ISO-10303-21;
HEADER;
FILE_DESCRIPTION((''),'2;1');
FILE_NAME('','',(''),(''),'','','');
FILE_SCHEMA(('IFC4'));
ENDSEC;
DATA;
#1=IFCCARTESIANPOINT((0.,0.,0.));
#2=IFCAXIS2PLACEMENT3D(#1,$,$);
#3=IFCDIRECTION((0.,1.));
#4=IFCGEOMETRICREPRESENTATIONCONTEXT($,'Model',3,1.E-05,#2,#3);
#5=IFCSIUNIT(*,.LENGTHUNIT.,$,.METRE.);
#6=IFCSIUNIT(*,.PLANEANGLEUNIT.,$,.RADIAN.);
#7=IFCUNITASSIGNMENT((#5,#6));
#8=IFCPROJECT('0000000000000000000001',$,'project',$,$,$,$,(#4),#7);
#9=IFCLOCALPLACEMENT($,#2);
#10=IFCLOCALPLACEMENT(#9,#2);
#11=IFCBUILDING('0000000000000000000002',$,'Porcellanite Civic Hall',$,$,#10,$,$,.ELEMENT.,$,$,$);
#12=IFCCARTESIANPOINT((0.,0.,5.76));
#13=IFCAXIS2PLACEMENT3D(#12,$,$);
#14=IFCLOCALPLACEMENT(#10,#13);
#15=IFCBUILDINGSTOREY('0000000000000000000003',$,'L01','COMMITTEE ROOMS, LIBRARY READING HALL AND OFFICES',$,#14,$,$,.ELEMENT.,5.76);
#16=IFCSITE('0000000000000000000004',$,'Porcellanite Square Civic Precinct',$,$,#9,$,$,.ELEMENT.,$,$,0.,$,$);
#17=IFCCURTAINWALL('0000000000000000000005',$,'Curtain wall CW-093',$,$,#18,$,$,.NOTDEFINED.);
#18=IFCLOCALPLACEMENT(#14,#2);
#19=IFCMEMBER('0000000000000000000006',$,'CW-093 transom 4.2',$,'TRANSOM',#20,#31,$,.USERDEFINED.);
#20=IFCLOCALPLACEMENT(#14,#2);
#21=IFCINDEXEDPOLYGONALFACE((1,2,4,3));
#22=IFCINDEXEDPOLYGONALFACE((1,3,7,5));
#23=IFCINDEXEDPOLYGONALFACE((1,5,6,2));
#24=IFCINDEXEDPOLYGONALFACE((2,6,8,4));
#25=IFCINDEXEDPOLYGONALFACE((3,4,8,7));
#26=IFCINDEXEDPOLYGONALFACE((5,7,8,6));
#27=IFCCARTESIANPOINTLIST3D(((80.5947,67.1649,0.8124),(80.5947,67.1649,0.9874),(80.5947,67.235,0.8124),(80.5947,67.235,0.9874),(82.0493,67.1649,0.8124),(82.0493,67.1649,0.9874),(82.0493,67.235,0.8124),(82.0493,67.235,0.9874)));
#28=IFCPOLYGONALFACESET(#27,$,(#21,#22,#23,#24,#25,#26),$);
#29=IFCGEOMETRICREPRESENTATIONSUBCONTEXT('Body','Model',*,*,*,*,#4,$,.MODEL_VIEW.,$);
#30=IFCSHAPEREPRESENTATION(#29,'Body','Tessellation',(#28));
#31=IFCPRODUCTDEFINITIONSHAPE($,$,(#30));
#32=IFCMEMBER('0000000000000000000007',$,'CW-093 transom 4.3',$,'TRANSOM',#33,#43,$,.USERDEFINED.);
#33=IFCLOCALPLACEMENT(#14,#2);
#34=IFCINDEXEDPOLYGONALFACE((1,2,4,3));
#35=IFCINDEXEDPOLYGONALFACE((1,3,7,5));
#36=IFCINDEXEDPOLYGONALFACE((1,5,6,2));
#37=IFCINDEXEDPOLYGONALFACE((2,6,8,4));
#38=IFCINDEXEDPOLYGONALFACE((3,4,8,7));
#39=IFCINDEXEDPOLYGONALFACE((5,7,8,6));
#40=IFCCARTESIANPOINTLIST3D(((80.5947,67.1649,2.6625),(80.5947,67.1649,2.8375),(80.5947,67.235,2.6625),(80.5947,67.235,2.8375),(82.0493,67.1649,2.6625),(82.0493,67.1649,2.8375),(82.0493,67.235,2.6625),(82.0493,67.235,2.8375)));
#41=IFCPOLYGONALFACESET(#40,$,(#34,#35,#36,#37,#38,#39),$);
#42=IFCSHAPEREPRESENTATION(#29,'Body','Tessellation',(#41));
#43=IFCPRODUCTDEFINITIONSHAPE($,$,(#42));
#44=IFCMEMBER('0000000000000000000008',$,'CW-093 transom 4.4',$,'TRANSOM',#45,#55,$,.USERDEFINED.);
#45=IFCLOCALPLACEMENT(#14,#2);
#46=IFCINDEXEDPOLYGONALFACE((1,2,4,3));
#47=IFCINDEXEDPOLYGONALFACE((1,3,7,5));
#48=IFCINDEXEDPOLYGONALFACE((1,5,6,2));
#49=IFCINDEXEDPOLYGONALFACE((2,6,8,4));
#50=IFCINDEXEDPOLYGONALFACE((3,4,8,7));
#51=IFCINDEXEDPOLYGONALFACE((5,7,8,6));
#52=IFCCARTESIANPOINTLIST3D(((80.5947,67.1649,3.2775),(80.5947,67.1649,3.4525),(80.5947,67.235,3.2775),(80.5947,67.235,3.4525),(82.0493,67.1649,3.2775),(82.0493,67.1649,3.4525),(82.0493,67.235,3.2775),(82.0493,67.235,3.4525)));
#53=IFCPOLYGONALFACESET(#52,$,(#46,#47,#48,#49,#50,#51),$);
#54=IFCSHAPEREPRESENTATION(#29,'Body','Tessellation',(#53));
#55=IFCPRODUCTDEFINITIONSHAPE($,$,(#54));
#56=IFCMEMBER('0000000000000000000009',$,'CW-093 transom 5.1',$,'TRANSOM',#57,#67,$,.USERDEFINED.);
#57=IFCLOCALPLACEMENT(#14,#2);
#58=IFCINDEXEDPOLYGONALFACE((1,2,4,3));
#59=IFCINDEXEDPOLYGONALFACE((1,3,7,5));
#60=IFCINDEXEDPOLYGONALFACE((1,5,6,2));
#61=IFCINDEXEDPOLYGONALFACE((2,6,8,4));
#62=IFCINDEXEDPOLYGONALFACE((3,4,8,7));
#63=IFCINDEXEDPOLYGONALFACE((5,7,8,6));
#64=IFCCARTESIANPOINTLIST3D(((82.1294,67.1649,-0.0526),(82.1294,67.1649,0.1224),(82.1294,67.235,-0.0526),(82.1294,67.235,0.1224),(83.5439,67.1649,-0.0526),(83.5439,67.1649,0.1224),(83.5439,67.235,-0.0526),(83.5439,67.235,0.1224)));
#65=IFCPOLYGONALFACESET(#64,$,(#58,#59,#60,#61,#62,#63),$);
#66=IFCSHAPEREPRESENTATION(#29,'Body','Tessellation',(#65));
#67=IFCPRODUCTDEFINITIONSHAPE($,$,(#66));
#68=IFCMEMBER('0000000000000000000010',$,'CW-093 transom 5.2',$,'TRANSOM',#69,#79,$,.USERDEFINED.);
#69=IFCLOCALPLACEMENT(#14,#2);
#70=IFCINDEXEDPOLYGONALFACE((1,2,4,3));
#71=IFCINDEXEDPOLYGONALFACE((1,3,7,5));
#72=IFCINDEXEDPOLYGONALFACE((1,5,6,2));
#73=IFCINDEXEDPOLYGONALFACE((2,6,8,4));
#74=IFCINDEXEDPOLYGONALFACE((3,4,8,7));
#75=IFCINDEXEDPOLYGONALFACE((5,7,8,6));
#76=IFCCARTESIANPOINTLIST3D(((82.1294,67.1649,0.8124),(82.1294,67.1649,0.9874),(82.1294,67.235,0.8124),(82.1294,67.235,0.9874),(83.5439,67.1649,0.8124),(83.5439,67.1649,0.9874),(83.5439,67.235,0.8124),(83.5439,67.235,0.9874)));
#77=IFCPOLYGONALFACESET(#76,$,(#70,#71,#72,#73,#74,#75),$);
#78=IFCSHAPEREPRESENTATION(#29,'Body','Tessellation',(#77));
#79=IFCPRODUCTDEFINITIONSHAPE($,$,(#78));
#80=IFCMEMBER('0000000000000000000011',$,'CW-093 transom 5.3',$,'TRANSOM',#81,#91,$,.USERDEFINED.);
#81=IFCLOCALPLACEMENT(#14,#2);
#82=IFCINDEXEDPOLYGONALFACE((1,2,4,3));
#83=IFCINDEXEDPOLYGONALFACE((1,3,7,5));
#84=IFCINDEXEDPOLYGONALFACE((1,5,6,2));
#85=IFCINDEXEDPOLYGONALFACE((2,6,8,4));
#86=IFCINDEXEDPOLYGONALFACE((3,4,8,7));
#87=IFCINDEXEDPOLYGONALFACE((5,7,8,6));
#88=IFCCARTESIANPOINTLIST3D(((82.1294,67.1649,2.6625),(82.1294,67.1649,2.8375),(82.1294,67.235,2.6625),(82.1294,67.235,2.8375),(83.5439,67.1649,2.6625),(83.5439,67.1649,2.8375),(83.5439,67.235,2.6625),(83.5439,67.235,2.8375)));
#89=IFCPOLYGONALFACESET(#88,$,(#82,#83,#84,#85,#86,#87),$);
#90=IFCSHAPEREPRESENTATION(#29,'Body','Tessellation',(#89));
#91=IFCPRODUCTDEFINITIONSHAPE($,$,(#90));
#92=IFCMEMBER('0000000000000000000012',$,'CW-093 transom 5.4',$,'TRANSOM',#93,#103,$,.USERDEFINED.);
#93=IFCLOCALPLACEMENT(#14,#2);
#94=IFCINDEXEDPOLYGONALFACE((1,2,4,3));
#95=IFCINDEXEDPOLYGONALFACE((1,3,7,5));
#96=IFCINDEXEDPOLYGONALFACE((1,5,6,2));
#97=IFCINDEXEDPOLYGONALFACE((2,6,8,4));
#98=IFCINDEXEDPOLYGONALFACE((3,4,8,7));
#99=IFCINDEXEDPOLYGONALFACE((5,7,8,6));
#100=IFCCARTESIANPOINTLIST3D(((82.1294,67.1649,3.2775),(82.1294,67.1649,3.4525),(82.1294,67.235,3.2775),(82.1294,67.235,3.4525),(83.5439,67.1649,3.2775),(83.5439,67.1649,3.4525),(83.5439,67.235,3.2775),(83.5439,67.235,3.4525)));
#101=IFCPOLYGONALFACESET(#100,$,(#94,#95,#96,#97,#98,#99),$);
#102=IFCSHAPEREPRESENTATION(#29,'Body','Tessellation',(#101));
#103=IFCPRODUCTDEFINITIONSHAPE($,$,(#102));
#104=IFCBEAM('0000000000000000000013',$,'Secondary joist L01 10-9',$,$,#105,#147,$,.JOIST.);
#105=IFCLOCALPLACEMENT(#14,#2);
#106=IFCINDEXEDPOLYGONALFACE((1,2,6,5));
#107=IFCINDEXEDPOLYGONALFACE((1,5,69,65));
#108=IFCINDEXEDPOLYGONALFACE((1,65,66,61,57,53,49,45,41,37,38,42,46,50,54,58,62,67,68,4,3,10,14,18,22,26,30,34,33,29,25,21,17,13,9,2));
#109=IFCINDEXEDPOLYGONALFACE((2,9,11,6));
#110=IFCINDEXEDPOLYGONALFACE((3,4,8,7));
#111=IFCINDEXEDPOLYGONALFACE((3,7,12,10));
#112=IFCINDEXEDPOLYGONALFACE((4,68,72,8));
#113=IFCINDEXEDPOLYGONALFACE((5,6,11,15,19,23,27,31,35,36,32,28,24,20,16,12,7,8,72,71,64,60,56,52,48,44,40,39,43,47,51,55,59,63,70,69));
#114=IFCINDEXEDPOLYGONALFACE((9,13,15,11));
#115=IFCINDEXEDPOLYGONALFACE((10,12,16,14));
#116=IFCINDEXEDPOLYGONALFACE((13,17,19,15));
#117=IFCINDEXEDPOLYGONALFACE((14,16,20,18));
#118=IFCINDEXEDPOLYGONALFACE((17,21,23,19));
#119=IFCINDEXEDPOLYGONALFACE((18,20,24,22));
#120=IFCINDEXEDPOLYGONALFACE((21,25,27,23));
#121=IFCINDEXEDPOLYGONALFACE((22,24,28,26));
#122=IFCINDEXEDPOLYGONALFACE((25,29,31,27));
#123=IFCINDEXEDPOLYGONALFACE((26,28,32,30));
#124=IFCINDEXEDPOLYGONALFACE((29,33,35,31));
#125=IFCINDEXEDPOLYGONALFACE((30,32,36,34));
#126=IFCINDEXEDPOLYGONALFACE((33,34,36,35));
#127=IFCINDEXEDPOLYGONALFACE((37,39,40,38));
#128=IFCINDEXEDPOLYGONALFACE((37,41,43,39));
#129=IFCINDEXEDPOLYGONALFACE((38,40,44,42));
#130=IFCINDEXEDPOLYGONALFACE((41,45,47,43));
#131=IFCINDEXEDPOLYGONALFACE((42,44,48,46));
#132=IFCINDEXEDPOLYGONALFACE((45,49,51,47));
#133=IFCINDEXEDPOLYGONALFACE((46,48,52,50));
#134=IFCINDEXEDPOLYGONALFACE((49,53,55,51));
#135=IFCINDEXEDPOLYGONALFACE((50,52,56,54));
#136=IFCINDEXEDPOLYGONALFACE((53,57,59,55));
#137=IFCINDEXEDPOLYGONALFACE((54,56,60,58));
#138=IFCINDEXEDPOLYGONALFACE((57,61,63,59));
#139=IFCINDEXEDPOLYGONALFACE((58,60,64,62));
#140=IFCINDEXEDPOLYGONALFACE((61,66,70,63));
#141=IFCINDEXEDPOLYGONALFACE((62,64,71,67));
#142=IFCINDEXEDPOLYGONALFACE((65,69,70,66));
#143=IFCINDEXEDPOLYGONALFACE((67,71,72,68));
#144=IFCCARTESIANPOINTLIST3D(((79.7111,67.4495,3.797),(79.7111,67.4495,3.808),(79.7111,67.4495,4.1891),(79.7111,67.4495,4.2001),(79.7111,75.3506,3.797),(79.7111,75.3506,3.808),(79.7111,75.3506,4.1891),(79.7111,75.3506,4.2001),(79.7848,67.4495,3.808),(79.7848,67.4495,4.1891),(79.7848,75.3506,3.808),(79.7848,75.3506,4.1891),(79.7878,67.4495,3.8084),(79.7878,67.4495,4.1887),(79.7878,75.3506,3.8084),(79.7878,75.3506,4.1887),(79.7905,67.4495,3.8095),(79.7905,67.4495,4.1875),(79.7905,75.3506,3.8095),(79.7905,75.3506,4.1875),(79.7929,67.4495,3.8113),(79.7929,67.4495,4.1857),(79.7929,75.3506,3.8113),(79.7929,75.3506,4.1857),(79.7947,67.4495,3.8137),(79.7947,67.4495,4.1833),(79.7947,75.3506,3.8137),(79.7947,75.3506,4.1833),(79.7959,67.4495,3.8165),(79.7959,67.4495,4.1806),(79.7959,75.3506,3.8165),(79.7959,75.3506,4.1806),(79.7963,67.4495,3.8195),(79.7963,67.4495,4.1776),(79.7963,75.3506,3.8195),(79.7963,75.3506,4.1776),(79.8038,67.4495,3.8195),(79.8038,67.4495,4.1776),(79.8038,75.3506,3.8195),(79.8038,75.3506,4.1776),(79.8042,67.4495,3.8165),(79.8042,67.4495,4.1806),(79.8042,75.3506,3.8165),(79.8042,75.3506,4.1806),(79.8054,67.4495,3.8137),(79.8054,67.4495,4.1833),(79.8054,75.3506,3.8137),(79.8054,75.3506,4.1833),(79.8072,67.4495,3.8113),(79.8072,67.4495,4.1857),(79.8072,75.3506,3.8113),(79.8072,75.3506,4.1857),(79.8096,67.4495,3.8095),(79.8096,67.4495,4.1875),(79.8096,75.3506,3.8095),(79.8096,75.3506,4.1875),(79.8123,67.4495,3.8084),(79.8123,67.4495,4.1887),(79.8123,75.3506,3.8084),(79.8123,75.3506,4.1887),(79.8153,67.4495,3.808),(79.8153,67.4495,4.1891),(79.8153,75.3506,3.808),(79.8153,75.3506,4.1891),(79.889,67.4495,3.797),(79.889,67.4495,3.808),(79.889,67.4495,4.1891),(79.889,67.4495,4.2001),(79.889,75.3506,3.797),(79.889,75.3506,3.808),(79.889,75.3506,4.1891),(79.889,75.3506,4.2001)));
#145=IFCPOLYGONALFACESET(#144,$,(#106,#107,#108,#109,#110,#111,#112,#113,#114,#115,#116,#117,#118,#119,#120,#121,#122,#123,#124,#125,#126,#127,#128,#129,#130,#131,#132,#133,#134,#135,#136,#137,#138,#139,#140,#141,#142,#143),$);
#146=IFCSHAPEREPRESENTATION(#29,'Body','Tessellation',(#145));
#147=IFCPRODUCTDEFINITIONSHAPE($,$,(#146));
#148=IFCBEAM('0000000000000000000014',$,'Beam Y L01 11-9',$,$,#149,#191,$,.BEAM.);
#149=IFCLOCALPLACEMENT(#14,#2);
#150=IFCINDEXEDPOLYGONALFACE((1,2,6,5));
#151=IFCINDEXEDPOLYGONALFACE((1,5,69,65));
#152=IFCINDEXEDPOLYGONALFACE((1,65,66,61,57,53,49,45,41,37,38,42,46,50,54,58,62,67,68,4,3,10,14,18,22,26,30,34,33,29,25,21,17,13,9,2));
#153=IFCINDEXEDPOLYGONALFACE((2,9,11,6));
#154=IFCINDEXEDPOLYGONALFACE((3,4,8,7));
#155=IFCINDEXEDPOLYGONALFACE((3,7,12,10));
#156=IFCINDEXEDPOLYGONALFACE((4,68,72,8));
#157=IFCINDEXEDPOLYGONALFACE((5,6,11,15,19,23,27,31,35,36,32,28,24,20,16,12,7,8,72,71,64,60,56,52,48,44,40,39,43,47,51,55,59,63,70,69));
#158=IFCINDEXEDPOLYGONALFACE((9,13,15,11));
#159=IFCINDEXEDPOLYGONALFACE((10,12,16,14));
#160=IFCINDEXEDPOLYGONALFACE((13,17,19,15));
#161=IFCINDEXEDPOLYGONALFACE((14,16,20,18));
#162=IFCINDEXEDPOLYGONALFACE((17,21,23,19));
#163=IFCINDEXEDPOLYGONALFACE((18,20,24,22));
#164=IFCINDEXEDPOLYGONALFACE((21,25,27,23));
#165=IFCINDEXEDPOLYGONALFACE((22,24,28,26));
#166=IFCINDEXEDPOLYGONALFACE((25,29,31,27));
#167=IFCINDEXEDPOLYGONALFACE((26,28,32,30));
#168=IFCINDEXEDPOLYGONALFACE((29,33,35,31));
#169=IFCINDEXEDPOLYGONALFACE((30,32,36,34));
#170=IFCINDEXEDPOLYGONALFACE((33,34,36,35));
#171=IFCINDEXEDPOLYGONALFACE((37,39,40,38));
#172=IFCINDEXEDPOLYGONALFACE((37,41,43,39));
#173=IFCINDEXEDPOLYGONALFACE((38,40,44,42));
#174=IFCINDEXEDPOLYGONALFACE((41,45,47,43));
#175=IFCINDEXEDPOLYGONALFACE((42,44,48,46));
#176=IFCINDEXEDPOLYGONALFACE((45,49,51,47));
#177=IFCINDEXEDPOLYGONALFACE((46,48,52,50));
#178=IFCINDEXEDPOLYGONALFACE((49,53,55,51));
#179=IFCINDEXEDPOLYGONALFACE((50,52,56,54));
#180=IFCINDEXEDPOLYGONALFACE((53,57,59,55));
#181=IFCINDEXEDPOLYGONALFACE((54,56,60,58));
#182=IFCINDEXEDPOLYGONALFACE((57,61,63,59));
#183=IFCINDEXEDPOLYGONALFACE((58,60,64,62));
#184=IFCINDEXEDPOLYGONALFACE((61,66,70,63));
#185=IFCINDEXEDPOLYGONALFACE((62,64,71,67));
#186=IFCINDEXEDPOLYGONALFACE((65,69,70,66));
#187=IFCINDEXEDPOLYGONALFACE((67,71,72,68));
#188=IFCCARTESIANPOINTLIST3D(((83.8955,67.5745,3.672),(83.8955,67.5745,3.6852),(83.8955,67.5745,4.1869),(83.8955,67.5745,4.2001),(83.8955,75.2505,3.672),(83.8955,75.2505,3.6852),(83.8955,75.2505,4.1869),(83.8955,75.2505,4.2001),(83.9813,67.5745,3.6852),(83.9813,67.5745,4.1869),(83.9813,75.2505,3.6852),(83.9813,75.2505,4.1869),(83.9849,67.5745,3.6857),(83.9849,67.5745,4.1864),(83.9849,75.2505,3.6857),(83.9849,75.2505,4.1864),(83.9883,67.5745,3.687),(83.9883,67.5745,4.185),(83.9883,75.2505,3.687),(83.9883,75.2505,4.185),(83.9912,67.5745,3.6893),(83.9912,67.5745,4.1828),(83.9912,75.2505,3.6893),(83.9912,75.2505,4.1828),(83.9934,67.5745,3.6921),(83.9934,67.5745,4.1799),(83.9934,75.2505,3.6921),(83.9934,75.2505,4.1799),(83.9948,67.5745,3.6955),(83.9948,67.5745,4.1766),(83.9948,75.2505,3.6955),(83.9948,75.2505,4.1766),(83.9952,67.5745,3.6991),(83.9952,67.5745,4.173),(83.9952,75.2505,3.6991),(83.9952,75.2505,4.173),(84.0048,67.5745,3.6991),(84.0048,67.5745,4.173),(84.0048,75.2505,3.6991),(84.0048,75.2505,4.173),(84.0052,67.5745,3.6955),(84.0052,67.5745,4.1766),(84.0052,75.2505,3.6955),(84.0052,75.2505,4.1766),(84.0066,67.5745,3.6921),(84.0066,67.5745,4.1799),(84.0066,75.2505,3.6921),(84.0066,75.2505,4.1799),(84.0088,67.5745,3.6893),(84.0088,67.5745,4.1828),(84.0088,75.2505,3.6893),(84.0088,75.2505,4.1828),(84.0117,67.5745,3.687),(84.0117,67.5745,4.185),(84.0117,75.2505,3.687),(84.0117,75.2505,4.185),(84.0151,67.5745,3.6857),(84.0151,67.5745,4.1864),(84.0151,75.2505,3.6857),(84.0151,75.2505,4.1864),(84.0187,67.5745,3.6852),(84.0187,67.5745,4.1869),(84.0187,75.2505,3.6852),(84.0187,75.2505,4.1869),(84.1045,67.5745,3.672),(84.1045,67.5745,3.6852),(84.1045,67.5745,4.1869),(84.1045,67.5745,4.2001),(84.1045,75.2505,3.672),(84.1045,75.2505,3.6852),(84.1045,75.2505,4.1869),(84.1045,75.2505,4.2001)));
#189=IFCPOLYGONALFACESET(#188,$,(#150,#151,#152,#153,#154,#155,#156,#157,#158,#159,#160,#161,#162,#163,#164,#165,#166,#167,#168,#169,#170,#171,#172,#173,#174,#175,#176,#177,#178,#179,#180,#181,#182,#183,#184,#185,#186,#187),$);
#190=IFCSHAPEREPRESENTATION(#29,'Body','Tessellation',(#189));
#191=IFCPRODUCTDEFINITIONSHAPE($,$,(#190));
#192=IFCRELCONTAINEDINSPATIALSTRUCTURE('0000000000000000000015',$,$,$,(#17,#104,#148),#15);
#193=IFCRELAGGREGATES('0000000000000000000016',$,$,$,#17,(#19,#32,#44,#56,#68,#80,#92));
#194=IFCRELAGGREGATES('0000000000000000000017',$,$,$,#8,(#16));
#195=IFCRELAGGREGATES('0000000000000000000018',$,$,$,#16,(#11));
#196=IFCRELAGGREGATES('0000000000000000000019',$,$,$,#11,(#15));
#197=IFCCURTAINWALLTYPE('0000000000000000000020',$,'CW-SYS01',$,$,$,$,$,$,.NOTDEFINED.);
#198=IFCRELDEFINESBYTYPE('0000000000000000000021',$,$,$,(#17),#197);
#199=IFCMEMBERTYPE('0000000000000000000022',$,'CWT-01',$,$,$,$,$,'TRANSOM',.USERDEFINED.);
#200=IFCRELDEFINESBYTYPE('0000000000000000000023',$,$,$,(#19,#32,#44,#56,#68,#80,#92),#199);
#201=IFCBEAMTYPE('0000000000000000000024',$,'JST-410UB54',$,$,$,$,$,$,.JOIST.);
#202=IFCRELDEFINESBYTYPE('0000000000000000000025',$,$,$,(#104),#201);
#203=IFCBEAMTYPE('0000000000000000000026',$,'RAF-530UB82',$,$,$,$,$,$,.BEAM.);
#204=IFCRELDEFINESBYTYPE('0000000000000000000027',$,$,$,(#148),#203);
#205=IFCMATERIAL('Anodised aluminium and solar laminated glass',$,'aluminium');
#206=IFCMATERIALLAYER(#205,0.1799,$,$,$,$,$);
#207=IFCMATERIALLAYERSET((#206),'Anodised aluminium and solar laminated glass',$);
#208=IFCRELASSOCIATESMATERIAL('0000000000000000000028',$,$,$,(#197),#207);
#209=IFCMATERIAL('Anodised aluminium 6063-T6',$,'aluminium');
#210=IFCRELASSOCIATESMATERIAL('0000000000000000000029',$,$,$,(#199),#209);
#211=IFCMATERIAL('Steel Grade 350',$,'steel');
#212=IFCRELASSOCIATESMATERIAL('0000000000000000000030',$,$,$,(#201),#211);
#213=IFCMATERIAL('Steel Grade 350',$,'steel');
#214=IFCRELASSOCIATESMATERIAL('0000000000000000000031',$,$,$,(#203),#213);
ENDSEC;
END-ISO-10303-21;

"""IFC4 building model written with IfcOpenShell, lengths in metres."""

from ifc_helpers import new_model, si_unit, direction, frame, origin, origin_2d, place, context, subcontext, project, spatial, rectangle, i_section, extrude, material, layer, layer_set, material_profile, profile_set, type_object, element, aggregate, save


model = new_model("IFC4")

# Units and contexts
model_context = context("Model", 3, precision=1e-05, world=origin(), true_north=direction((0.0, 1.0)))
body_context = subcontext(model_context, "Body", "Model", "MODEL_VIEW")
ifc_project = project(units=[si_unit("LENGTHUNIT", "METRE"), si_unit("PLANEANGLEUNIT", "RADIAN")], contexts=[model_context])

# Site, building, storey
site_placement = place(None, origin())
site = spatial("IfcSite", under=ifc_project, at=site_placement, Name="Porcellanite Square Civic Precinct", CompositionType="ELEMENT", RefElevation=0.0)
building_placement = place(site_placement, origin())
building = spatial("IfcBuilding", under=site, at=building_placement, Name="Porcellanite Civic Hall", CompositionType="ELEMENT")
storey_placement = place(building_placement, frame((0.0, 0.0, 5.76)))
storey = spatial("IfcBuildingStorey", under=building, at=storey_placement, Name="L01", Description="COMMITTEE ROOMS, LIBRARY READING HALL AND OFFICES", CompositionType="ELEMENT", Elevation=5.76)

# Curtain wall, members
ifc_material_1 = material(Name="Anodised aluminium and solar laminated glass", Category="aluminium")
ifc_layer_1 = layer(ifc_material_1, 0.1799)
ifc_layer_set_1 = layer_set([ifc_layer_1], Name="Anodised aluminium and solar laminated glass")
curtain_wall_type = type_object("IfcCurtainWallType", Name="CW-SYS01", PredefinedType="NOTDEFINED", material=ifc_layer_set_1)
curtain_wall_placement = place(storey_placement, origin())
curtain_wall = element("IfcCurtainWall", 1, at=curtain_wall_placement, inside=storey, type_object=curtain_wall_type, Name="Curtain wall CW-093", PredefinedType="NOTDEFINED")
ifc_material_2 = material(Name="Anodised aluminium 6063-T6", Category="aluminium")
ifc_material_profile_1 = material_profile(ifc_material_2, rectangle(XDim=0.0701, YDim=0.175, at=origin_2d()), Name="AL-70x175")
ifc_profile_set_1 = profile_set([ifc_material_profile_1], Name="Anodised aluminium 6063-T6")
member_type_1 = type_object("IfcMemberType", Name="CWT-01", ElementType="TRANSOM", PredefinedType="USERDEFINED", material=ifc_profile_set_1)
member_1_placement = place(storey_placement, frame((80.5947, 67.2, 0.8999), z_axis=(1.0, 0.0, 0.0), x_axis=(0.0, 1.0, 0.0)))
member_1 = element("IfcMember", 2, at=member_1_placement, type_object=member_type_1, Name="CW-093 transom 4.2", ObjectType="TRANSOM", PredefinedType="USERDEFINED", context=body_context, shape_type="SweptSolid", body=[
    extrude(rectangle(XDim=0.0701, YDim=0.175, at=origin_2d()), origin(), (0.0, 0.0, 1.0), 1.4546),
])
member_2_placement = place(storey_placement, frame((80.5947, 67.2, 2.75), z_axis=(1.0, 0.0, 0.0), x_axis=(0.0, 1.0, 0.0)))
member_2 = element("IfcMember", 3, at=member_2_placement, type_object=member_type_1, Name="CW-093 transom 4.3", ObjectType="TRANSOM", PredefinedType="USERDEFINED", context=body_context, shape_type="SweptSolid", body=[
    extrude(rectangle(XDim=0.0701, YDim=0.175, at=origin_2d()), origin(), (0.0, 0.0, 1.0), 1.4546),
])
member_3_placement = place(storey_placement, frame((80.5947, 67.2, 3.365), z_axis=(1.0, 0.0, 0.0), x_axis=(0.0, 1.0, 0.0)))
member_3 = element("IfcMember", 4, at=member_3_placement, type_object=member_type_1, Name="CW-093 transom 4.4", ObjectType="TRANSOM", PredefinedType="USERDEFINED", context=body_context, shape_type="SweptSolid", body=[
    extrude(rectangle(XDim=0.0701, YDim=0.175, at=origin_2d()), origin(), (0.0, 0.0, 1.0), 1.4546),
])
member_4_placement = place(storey_placement, frame((82.1294, 67.2, 0.0349), z_axis=(1.0, 0.0, 0.0), x_axis=(0.0, 1.0, 0.0)))
member_4 = element("IfcMember", 5, at=member_4_placement, type_object=member_type_1, Name="CW-093 transom 5.1", ObjectType="TRANSOM", PredefinedType="USERDEFINED", context=body_context, shape_type="SweptSolid", body=[
    extrude(rectangle(XDim=0.0701, YDim=0.175, at=origin_2d()), origin(), (0.0, 0.0, 1.0), 1.4146),
])
member_5_placement = place(storey_placement, frame((82.1294, 67.2, 0.8999), z_axis=(1.0, 0.0, 0.0), x_axis=(0.0, 1.0, 0.0)))
member_5 = element("IfcMember", 6, at=member_5_placement, type_object=member_type_1, Name="CW-093 transom 5.2", ObjectType="TRANSOM", PredefinedType="USERDEFINED", context=body_context, shape_type="SweptSolid", body=[
    extrude(rectangle(XDim=0.0701, YDim=0.175, at=origin_2d()), origin(), (0.0, 0.0, 1.0), 1.4146),
])
member_6_placement = place(storey_placement, frame((82.1294, 67.2, 2.75), z_axis=(1.0, 0.0, 0.0), x_axis=(0.0, 1.0, 0.0)))
member_6 = element("IfcMember", 7, at=member_6_placement, type_object=member_type_1, Name="CW-093 transom 5.3", ObjectType="TRANSOM", PredefinedType="USERDEFINED", context=body_context, shape_type="SweptSolid", body=[
    extrude(rectangle(XDim=0.0701, YDim=0.175, at=origin_2d()), origin(), (0.0, 0.0, 1.0), 1.4146),
])
member_7_placement = place(storey_placement, frame((82.1294, 67.2, 3.365), z_axis=(1.0, 0.0, 0.0), x_axis=(0.0, 1.0, 0.0)))
member_7 = element("IfcMember", 8, at=member_7_placement, type_object=member_type_1, Name="CW-093 transom 5.4", ObjectType="TRANSOM", PredefinedType="USERDEFINED", context=body_context, shape_type="SweptSolid", body=[
    extrude(rectangle(XDim=0.0701, YDim=0.175, at=origin_2d()), origin(), (0.0, 0.0, 1.0), 1.4146),
])

# Beams
ifc_material_3 = material(Name="Steel Grade 350", Category="steel")
ifc_material_profile_2 = material_profile(ifc_material_3, i_section(OverallWidth=0.178, OverallDepth=0.4031, WebThickness=0.0076, FlangeThickness=0.011, FilletRadius=0.0115, at=origin_2d()), Name="410UB53.7")
ifc_profile_set_2 = profile_set([ifc_material_profile_2], Name="Steel Grade 350")
beam_type_1 = type_object("IfcBeamType", Name="JST-410UB54", PredefinedType="JOIST", material=ifc_profile_set_2)
beam_1_placement = place(storey_placement, frame((79.8, 67.4495, 3.9985), z_axis=(0.0, 1.0, 0.0), x_axis=(-1.0, 0.0, 0.0)))
element("IfcBeam", 9, at=beam_1_placement, inside=storey, type_object=beam_type_1, Name="Secondary joist L01 10-9", PredefinedType="JOIST", context=body_context, shape_type="SweptSolid", body=[
    extrude(i_section(OverallWidth=0.178, OverallDepth=0.4031, WebThickness=0.0076, FlangeThickness=0.011, FilletRadius=0.0115, at=origin_2d()), origin(), (0.0, 0.0, 1.0), 7.9011),
])
ifc_material_4 = material(Name="Steel Grade 350", Category="steel")
ifc_material_profile_3 = material_profile(ifc_material_4, i_section(OverallWidth=0.209, OverallDepth=0.5281, WebThickness=0.0095, FlangeThickness=0.0132, FilletRadius=0.0139, at=origin_2d()), Name="530UB82.0")
ifc_profile_set_3 = profile_set([ifc_material_profile_3], Name="Steel Grade 350")
beam_type_2 = type_object("IfcBeamType", Name="RAF-530UB82", PredefinedType="BEAM", material=ifc_profile_set_3)
beam_2_placement = place(storey_placement, frame((84.0, 67.5745, 3.936), z_axis=(0.0, 1.0, 0.0), x_axis=(-1.0, 0.0, 0.0)))
element("IfcBeam", 10, at=beam_2_placement, inside=storey, type_object=beam_type_2, Name="Beam Y L01 11-9", PredefinedType="BEAM", context=body_context, shape_type="SweptSolid", body=[
    extrude(i_section(OverallWidth=0.209, OverallDepth=0.5281, WebThickness=0.0095, FlangeThickness=0.0132, FilletRadius=0.0139, at=origin_2d()), origin(), (0.0, 0.0, 1.0), 7.676),
])

aggregate(curtain_wall, [member_1, member_2, member_3, member_4, member_5, member_6, member_7])

save(model, "model.ifc")
